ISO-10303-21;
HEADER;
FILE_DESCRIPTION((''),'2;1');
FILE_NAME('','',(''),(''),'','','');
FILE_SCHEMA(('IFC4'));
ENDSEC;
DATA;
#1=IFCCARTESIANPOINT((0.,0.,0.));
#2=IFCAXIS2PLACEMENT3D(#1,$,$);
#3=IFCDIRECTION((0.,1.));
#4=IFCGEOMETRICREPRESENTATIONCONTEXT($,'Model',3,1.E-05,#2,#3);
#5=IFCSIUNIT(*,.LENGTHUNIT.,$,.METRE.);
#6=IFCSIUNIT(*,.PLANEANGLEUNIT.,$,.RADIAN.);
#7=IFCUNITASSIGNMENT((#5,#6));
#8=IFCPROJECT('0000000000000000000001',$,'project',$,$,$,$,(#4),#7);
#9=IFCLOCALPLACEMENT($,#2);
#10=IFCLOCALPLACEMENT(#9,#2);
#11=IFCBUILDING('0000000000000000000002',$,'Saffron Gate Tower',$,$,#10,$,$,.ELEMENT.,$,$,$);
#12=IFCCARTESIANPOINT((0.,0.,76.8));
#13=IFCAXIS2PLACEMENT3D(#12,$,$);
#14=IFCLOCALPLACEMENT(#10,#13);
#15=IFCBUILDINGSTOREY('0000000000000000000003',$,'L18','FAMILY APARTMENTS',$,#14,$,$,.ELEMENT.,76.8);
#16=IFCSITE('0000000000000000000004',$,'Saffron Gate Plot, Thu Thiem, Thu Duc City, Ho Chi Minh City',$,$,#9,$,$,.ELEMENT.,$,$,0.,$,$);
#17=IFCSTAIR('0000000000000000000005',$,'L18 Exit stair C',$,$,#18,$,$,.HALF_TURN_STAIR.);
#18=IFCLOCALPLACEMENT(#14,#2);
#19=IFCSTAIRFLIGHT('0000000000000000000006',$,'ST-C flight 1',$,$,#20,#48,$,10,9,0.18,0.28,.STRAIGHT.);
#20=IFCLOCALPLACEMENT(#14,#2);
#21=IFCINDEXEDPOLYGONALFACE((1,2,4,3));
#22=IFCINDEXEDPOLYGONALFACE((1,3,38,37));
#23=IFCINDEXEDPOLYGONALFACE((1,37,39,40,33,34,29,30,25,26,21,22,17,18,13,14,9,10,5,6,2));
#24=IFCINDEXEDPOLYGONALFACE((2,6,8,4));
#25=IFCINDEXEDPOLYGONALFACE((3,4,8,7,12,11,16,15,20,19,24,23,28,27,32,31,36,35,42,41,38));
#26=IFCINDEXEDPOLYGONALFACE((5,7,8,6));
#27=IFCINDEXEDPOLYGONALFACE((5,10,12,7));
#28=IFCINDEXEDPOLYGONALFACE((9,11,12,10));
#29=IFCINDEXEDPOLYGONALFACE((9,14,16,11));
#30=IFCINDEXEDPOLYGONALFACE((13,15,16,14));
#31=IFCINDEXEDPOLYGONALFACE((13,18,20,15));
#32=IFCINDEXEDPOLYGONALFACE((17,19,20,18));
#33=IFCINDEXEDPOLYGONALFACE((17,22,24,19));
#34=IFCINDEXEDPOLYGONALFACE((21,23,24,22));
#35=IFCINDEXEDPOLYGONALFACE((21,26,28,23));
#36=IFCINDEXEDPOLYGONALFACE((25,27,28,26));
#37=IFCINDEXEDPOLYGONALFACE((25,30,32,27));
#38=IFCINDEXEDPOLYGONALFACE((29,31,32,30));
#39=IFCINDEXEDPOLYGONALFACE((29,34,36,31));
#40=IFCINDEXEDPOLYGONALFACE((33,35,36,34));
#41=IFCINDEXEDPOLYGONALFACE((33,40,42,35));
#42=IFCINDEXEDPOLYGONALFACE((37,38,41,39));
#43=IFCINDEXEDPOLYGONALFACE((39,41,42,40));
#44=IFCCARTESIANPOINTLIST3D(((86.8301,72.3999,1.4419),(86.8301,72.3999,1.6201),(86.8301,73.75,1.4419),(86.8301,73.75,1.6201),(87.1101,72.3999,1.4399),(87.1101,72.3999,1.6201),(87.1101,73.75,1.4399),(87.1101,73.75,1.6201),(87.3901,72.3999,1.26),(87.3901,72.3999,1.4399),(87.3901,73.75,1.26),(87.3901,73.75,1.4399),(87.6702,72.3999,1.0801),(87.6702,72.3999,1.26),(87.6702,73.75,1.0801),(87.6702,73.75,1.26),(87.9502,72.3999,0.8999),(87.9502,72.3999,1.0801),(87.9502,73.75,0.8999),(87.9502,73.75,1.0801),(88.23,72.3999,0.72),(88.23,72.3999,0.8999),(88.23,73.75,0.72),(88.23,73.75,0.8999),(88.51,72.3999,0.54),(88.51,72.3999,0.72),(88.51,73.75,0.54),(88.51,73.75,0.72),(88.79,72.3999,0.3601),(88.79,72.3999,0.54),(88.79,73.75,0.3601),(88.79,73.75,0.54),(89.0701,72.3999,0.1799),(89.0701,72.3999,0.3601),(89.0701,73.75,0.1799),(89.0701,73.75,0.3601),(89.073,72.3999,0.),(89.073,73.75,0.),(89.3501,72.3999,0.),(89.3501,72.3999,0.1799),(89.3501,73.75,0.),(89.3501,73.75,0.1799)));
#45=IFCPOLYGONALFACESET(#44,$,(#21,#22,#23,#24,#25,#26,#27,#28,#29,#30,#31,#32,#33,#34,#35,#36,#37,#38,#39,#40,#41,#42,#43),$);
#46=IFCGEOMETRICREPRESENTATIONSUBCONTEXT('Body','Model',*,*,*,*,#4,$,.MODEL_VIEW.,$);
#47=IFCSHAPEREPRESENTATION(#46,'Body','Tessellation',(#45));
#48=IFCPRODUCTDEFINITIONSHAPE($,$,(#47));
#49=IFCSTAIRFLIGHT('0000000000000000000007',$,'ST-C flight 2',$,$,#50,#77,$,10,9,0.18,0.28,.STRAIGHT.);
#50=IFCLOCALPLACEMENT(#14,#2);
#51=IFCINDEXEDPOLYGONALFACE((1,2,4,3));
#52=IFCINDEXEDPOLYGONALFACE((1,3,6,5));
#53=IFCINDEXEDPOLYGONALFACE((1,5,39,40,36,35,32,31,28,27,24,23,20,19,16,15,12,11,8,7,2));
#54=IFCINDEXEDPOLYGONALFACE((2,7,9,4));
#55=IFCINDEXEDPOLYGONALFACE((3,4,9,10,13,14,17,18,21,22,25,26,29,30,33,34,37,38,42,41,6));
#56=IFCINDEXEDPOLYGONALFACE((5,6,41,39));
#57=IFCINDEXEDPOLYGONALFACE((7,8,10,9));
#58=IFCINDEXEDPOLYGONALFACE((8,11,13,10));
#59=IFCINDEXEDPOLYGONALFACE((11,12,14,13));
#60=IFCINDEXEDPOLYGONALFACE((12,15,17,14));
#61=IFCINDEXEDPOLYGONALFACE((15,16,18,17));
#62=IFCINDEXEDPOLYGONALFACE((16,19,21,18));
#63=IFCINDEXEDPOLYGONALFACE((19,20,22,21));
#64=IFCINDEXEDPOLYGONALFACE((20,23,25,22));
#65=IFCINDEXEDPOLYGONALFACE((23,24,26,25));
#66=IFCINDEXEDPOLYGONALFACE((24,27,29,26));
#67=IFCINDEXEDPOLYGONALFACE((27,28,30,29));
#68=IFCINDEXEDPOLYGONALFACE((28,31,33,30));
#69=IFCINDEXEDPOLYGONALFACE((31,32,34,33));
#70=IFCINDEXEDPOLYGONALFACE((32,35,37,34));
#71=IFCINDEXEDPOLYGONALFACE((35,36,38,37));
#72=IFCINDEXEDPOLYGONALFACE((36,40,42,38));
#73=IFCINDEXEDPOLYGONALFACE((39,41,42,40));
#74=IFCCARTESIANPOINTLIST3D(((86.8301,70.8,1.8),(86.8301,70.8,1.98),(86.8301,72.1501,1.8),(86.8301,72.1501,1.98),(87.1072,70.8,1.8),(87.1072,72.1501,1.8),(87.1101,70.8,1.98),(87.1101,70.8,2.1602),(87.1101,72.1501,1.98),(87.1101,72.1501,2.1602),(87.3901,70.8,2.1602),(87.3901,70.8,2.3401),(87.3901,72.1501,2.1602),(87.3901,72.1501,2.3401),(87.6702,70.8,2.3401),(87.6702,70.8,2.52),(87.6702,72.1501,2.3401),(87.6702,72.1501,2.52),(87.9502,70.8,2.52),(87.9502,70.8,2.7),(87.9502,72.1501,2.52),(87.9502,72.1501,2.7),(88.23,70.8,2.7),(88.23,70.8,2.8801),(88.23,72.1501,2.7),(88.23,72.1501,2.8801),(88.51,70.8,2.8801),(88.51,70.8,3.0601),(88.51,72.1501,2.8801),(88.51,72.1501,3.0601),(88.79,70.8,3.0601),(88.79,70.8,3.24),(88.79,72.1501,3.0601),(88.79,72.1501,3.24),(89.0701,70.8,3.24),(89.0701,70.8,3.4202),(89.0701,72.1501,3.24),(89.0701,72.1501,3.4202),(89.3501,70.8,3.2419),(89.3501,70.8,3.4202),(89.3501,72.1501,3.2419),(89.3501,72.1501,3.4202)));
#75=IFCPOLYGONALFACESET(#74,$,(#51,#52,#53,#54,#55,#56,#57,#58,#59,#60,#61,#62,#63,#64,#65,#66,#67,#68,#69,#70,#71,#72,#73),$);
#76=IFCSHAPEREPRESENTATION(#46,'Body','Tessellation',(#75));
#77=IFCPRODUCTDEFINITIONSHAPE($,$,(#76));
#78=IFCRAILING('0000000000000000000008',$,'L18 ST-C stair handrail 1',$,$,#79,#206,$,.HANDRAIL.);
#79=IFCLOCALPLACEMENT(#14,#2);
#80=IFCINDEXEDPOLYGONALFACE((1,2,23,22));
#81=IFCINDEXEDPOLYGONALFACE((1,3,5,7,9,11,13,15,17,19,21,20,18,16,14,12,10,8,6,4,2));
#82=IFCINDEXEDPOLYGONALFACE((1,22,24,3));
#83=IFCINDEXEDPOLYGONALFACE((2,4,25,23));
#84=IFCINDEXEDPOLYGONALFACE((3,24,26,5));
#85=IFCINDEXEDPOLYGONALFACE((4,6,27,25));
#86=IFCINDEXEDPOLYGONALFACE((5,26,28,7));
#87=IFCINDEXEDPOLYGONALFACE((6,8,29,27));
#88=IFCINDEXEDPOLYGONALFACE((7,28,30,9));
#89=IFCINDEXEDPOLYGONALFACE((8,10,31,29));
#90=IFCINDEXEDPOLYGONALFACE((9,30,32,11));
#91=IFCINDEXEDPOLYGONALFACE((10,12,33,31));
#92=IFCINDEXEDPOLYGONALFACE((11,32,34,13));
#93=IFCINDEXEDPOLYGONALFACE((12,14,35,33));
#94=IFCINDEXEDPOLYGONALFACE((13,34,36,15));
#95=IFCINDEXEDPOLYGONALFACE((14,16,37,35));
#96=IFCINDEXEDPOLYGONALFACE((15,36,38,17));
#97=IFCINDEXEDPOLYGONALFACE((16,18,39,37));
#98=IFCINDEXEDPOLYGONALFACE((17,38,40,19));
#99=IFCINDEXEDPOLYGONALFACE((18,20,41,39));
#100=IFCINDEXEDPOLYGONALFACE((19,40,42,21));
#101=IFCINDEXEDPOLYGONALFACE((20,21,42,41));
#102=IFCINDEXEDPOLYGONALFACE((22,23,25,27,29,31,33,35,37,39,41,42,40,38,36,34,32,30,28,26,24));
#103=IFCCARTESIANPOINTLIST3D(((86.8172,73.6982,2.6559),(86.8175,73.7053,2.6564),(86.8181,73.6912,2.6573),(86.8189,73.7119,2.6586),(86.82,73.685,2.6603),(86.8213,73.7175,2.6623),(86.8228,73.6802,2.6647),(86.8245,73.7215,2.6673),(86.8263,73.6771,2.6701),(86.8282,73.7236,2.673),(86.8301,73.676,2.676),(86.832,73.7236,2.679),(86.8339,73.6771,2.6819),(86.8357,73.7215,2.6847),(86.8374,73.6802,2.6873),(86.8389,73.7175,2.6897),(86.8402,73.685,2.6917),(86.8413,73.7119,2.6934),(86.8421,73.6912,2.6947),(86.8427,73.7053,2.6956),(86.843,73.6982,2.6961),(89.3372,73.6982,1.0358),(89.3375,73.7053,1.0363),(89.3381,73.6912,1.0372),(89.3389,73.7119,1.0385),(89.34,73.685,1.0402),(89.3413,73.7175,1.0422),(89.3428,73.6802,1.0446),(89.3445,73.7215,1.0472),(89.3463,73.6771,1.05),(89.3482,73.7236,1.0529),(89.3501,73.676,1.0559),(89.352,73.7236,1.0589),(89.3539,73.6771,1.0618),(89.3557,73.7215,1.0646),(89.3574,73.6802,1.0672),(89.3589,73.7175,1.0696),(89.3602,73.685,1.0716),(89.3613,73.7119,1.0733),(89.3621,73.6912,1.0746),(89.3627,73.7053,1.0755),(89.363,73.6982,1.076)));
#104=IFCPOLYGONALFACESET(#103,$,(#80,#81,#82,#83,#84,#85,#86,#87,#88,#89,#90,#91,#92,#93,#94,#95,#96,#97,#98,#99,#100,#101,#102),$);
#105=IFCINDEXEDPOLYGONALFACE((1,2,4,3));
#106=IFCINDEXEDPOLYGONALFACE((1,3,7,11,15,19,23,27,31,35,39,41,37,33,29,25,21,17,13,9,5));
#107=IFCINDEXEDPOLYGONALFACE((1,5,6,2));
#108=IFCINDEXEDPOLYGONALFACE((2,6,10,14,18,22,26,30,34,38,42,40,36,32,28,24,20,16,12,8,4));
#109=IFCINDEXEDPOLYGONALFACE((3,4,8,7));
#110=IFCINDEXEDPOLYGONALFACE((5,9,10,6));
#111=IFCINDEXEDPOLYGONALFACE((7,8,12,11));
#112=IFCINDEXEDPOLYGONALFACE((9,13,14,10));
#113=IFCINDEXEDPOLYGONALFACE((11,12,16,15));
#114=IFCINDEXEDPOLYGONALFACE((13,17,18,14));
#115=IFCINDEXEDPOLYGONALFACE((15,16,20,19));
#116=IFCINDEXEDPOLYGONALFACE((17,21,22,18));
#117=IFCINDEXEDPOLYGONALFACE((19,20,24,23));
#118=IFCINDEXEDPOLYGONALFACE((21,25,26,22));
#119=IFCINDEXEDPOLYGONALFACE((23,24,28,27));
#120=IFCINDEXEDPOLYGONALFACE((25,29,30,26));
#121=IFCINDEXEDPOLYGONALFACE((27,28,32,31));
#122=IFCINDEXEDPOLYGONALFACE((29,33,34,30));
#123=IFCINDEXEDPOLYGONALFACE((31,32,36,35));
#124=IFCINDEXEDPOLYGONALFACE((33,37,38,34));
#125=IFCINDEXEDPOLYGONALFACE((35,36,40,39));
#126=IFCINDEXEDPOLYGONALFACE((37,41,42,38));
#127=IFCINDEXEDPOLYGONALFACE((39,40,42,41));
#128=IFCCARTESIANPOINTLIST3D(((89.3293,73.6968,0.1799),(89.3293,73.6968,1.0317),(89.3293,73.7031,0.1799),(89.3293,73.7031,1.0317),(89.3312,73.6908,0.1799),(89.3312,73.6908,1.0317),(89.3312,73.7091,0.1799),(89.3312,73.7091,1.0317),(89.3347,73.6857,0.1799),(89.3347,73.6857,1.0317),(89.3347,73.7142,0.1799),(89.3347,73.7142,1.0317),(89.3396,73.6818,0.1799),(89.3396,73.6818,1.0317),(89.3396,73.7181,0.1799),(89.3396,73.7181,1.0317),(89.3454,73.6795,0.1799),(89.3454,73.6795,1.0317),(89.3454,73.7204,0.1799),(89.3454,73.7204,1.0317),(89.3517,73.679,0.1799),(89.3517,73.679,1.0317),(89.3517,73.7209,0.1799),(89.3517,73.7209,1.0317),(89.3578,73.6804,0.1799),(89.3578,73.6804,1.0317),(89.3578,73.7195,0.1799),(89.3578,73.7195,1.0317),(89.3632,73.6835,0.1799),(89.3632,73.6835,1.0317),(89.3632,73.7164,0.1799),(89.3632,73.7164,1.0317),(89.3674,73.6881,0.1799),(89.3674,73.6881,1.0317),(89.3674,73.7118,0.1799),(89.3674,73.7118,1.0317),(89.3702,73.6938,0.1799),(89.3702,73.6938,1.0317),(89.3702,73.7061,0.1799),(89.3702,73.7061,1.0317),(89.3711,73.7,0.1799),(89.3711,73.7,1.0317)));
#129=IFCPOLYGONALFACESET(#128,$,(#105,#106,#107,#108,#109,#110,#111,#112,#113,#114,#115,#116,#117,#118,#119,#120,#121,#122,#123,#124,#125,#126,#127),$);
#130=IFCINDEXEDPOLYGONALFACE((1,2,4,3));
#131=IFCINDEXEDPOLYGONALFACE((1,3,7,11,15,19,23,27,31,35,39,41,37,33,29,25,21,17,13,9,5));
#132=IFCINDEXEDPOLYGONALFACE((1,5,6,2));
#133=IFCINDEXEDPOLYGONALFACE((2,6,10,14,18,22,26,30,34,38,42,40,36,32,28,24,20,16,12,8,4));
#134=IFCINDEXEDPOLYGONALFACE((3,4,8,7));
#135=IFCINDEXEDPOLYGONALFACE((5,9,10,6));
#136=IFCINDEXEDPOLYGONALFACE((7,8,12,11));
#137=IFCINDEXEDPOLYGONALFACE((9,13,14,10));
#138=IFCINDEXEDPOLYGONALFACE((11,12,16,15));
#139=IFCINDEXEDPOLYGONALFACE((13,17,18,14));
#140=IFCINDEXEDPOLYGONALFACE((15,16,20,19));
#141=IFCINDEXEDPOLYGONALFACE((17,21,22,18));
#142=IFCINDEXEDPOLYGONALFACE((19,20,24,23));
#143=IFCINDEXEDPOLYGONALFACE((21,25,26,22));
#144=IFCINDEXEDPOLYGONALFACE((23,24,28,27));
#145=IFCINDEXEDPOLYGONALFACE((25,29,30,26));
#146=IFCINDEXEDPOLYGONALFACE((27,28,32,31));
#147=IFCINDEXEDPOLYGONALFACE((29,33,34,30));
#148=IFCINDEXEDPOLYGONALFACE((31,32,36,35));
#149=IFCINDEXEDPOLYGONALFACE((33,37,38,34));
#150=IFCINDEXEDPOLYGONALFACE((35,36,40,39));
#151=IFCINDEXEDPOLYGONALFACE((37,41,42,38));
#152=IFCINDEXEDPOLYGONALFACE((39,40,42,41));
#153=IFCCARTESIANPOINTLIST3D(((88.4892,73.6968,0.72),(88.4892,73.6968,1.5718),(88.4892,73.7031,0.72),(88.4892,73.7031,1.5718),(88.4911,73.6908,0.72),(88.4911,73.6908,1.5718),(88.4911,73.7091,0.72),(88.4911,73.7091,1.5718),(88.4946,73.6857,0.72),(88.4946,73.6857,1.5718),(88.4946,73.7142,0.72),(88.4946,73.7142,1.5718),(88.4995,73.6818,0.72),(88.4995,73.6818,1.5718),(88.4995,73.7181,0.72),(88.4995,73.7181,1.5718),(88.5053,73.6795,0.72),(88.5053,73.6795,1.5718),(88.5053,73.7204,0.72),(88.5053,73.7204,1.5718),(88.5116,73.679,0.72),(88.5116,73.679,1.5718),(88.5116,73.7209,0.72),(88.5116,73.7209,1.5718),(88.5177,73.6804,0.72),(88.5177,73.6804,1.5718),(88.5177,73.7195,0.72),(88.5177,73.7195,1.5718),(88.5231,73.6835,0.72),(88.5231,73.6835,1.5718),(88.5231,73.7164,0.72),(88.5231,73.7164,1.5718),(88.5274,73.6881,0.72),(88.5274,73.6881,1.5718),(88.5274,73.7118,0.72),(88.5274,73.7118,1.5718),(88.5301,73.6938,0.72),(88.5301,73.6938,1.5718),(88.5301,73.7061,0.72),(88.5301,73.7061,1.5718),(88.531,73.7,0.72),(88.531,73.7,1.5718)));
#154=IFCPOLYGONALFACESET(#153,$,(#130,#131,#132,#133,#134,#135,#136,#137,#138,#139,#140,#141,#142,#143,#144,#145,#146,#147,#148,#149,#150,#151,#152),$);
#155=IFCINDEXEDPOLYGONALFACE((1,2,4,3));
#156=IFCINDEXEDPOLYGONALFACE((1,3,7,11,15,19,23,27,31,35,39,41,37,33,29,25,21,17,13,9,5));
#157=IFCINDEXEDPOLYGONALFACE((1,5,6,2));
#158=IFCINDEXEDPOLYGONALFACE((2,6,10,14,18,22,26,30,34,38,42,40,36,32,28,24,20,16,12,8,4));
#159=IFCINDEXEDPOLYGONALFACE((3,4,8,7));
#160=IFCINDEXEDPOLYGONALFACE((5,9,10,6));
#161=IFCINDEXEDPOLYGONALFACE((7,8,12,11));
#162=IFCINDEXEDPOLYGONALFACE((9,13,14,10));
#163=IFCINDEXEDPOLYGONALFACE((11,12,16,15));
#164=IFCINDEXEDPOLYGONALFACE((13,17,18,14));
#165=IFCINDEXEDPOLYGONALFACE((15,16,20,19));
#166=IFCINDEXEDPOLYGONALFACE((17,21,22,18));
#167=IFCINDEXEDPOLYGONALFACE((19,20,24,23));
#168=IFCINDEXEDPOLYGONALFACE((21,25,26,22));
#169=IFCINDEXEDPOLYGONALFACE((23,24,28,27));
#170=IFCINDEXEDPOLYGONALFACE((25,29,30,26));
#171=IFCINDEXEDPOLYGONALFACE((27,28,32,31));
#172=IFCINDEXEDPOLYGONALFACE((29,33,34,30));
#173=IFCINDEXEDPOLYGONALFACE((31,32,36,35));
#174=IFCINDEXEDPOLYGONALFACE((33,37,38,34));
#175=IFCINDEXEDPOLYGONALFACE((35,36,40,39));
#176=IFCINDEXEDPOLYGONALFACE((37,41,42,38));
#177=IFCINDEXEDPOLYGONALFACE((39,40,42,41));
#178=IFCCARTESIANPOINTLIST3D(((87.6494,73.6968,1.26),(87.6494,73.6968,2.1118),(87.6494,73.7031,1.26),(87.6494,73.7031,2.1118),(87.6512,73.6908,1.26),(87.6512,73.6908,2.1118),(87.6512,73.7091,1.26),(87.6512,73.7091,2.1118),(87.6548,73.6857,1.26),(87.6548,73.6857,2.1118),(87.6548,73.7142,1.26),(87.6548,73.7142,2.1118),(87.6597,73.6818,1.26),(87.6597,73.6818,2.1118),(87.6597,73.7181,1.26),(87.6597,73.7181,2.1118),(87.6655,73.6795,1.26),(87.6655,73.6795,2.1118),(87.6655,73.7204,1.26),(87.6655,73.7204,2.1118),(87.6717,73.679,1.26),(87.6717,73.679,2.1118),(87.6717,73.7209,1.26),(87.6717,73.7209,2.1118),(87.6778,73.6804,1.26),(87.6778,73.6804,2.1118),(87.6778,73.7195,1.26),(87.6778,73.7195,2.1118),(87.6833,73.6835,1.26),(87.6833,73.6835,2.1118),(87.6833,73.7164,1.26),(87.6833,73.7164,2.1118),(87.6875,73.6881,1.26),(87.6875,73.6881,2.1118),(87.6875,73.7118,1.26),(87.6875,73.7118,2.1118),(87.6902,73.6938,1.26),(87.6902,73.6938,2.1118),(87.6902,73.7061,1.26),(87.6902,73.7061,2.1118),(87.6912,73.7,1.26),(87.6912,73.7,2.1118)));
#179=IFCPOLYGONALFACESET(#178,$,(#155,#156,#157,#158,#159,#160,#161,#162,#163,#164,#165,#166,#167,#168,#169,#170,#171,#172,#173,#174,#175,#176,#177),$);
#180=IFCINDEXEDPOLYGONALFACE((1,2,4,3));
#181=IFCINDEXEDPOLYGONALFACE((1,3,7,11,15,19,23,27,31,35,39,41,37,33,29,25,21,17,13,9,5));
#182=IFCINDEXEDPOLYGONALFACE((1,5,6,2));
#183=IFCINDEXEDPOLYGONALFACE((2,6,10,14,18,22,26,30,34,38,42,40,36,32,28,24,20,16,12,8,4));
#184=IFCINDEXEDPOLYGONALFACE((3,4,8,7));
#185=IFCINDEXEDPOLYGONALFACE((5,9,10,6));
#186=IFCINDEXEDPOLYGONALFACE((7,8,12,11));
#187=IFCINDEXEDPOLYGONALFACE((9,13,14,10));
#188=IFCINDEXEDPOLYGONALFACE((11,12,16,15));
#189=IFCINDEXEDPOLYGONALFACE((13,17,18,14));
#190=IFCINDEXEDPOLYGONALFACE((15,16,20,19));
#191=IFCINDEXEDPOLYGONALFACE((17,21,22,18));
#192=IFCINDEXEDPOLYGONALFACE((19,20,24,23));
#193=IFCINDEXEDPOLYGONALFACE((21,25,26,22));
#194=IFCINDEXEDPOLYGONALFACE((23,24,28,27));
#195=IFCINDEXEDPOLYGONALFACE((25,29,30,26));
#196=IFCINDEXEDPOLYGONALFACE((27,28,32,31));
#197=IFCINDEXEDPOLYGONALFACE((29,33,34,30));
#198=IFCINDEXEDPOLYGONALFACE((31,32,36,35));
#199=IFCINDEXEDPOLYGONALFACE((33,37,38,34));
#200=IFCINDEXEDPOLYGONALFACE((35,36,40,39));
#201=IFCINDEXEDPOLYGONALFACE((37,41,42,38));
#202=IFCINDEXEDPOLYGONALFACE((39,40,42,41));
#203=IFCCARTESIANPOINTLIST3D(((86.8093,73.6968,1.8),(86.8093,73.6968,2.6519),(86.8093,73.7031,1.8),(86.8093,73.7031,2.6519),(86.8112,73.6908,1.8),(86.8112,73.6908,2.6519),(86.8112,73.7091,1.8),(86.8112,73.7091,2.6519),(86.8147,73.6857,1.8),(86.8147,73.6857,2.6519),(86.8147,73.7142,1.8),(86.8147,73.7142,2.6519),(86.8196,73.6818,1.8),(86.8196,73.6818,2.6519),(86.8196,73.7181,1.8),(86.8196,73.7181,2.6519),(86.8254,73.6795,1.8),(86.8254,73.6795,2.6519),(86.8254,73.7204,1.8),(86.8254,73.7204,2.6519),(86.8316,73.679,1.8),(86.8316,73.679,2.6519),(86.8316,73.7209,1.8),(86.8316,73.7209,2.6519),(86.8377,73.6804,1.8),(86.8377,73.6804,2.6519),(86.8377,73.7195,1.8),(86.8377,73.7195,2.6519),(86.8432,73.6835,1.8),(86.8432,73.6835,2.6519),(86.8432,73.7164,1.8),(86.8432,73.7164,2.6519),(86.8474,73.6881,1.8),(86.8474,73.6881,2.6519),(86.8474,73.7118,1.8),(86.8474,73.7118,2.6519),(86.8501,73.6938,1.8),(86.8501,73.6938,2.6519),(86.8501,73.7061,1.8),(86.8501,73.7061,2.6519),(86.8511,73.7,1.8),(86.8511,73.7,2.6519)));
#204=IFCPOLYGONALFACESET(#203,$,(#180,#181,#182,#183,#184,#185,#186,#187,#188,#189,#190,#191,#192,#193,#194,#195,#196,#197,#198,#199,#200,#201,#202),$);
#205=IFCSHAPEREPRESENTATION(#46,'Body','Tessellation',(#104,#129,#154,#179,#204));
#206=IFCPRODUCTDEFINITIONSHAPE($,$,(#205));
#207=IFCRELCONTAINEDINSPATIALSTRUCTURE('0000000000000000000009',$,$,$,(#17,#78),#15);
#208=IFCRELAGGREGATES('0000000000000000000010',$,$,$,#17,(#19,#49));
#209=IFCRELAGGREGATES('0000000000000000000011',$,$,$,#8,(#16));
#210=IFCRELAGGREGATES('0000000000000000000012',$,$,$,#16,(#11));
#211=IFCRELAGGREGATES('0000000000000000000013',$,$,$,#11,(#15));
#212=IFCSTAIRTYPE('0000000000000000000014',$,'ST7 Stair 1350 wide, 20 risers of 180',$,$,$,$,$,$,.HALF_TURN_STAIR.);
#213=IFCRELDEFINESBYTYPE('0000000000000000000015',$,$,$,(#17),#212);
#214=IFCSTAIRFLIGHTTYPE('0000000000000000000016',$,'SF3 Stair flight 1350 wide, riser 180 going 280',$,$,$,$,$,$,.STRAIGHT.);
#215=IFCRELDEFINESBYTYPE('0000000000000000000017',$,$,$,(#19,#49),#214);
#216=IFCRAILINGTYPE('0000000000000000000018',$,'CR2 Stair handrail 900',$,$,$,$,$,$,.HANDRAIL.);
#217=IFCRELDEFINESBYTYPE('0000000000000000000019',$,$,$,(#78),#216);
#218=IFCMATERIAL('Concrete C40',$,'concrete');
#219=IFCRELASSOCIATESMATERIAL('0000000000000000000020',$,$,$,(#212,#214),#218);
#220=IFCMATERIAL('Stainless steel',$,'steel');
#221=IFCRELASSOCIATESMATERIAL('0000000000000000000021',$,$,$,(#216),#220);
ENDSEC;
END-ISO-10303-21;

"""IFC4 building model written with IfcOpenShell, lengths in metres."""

from ifc_helpers import new_model, si_unit, direction, frame, origin, origin_2d, place, context, subcontext, project, spatial, polyline, circle, outline, extrude, material, type_object, element, aggregate, save


model = new_model("IFC4")

# Units and contexts
model_context = context("Model", 3, precision=1e-05, world=origin(), true_north=direction((0.0, 1.0)))
body_context = subcontext(model_context, "Body", "Model", "MODEL_VIEW")
ifc_project = project(units=[si_unit("LENGTHUNIT", "METRE"), si_unit("PLANEANGLEUNIT", "RADIAN")], contexts=[model_context])

# Site, building, storey
site_placement = place(None, origin())
site = spatial("IfcSite", under=ifc_project, at=site_placement, Name="Saffron Gate Plot, Thu Thiem, Thu Duc City, Ho Chi Minh City", CompositionType="ELEMENT", RefElevation=0.0)
building_placement = place(site_placement, origin())
building = spatial("IfcBuilding", under=site, at=building_placement, Name="Saffron Gate Tower", CompositionType="ELEMENT")
storey_placement = place(building_placement, frame((0.0, 0.0, 76.8)))
storey = spatial("IfcBuildingStorey", under=building, at=storey_placement, Name="L18", Description="FAMILY APARTMENTS", CompositionType="ELEMENT", Elevation=76.8)

# Stair, stair flights
ifc_material_1 = material(Name="Concrete C40", Category="concrete")
stair_type = type_object("IfcStairType", Name="ST7 Stair 1350 wide, 20 risers of 180", PredefinedType="HALF_TURN_STAIR", material=ifc_material_1)
stair_placement = place(storey_placement, origin())
stair = element("IfcStair", 1, at=stair_placement, inside=storey, type_object=stair_type, Name="L18 Exit stair C", PredefinedType="HALF_TURN_STAIR")
stair_flight_type = type_object("IfcStairFlightType", Name="SF3 Stair flight 1350 wide, riser 180 going 280", PredefinedType="STRAIGHT", material=ifc_material_1)
stair_flight_1_placement = place(storey_placement, frame((89.3501, 73.075, 0.0), z_axis=(0.0, 0.0, 1.0), x_axis=(-1.0, 0.0, 0.0)))
stair_flight_1 = element("IfcStairFlight", 2, at=stair_flight_1_placement, type_object=stair_flight_type, Name="ST-C flight 1", NumberOfRisers=10, NumberOfTreads=9, PredefinedType="STRAIGHT", RiserHeight=0.18, TreadLength=0.28, context=body_context, shape_type="SweptSolid", body=[
    extrude(outline(polyline([(0.0, 0.0), (0.0, 0.1799), (0.28, 0.1799), (0.28, 0.3601), (0.5601, 0.3601), (0.5601, 0.54), (0.8401, 0.54), (0.8401, 0.72), (1.1201, 0.72), (1.1201, 0.8999), (1.3999, 0.8999), (1.3999, 1.0801), (1.6799, 1.0801), (1.6799, 1.26), (1.96, 1.26), (1.96, 1.4399), (2.24, 1.4399), (2.24, 1.6201), (2.52, 1.6201), (2.52, 1.8), (2.52, 1.4419), (0.2771, 0.0), (0.0, 0.0)])), frame((0.0, 0.675, 0.0), z_axis=(0.0, -1.0, 0.0), x_axis=(1.0, 0.0, 0.0)), (0.0, 0.0, 1.0), 1.3501),
])
stair_flight_2_placement = place(storey_placement, frame((86.8301, 71.4751, 1.8), z_axis=(0.0, 0.0, 1.0), x_axis=(1.0, 0.0, 0.0)))
stair_flight_2 = element("IfcStairFlight", 3, at=stair_flight_2_placement, type_object=stair_flight_type, Name="ST-C flight 2", NumberOfRisers=10, NumberOfTreads=9, PredefinedType="STRAIGHT", RiserHeight=0.18, TreadLength=0.28, context=body_context, shape_type="SweptSolid", body=[
    extrude(outline(polyline([(0.0, 0.0), (0.0, 0.1799), (0.28, 0.1799), (0.28, 0.3601), (0.5601, 0.3601), (0.5601, 0.54), (0.8401, 0.54), (0.8401, 0.72), (1.1201, 0.72), (1.1201, 0.8999), (1.3999, 0.8999), (1.3999, 1.0801), (1.6799, 1.0801), (1.6799, 1.26), (1.96, 1.26), (1.96, 1.4399), (2.24, 1.4399), (2.24, 1.6201), (2.52, 1.6201), (2.52, 1.8), (2.52, 1.4419), (0.2771, 0.0), (0.0, 0.0)])), frame((0.0, 0.675, 0.0), z_axis=(0.0, -1.0, 0.0), x_axis=(1.0, 0.0, 0.0)), (0.0, 0.0, 1.0), 1.3501),
])
aggregate(stair, [stair_flight_1, stair_flight_2])

# Railing
ifc_material_2 = material(Name="Stainless steel", Category="steel")
railing_type_1 = type_object("IfcRailingType", Name="CR2 Stair handrail 900", PredefinedType="HANDRAIL", material=ifc_material_2)
railing_1_placement = place(storey_placement, frame((89.3501, 73.7, 0.1799)))
element("IfcRailing", 4, at=railing_1_placement, inside=storey, type_object=railing_type_1, Name="L18 ST-C stair handrail 1", PredefinedType="HANDRAIL", context=body_context, shape_type="SweptSolid", body=[
    extrude(circle(Radius=0.0239, at=origin_2d()), frame((0.0, 0.0, 0.876), z_axis=(-0.841163, 0.0, 0.540782), x_axis=(0.0, -1.0, 0.0)), (0.0, 0.0, 1.0), 2.9958),
    extrude(circle(Radius=0.021, at=origin_2d()), origin(), (0.0, 0.0, 1.0), 0.8518),
    extrude(circle(Radius=0.021, at=origin_2d()), frame((-0.8401, 0.0, 0.54)), (0.0, 0.0, 1.0), 0.8518),
    extrude(circle(Radius=0.021, at=origin_2d()), frame((-1.6799, 0.0, 1.0801)), (0.0, 0.0, 1.0), 0.8518),
    extrude(circle(Radius=0.021, at=origin_2d()), frame((-2.52, 0.0, 1.6201)), (0.0, 0.0, 1.0), 0.8518),
])

save(model, "model.ifc")
